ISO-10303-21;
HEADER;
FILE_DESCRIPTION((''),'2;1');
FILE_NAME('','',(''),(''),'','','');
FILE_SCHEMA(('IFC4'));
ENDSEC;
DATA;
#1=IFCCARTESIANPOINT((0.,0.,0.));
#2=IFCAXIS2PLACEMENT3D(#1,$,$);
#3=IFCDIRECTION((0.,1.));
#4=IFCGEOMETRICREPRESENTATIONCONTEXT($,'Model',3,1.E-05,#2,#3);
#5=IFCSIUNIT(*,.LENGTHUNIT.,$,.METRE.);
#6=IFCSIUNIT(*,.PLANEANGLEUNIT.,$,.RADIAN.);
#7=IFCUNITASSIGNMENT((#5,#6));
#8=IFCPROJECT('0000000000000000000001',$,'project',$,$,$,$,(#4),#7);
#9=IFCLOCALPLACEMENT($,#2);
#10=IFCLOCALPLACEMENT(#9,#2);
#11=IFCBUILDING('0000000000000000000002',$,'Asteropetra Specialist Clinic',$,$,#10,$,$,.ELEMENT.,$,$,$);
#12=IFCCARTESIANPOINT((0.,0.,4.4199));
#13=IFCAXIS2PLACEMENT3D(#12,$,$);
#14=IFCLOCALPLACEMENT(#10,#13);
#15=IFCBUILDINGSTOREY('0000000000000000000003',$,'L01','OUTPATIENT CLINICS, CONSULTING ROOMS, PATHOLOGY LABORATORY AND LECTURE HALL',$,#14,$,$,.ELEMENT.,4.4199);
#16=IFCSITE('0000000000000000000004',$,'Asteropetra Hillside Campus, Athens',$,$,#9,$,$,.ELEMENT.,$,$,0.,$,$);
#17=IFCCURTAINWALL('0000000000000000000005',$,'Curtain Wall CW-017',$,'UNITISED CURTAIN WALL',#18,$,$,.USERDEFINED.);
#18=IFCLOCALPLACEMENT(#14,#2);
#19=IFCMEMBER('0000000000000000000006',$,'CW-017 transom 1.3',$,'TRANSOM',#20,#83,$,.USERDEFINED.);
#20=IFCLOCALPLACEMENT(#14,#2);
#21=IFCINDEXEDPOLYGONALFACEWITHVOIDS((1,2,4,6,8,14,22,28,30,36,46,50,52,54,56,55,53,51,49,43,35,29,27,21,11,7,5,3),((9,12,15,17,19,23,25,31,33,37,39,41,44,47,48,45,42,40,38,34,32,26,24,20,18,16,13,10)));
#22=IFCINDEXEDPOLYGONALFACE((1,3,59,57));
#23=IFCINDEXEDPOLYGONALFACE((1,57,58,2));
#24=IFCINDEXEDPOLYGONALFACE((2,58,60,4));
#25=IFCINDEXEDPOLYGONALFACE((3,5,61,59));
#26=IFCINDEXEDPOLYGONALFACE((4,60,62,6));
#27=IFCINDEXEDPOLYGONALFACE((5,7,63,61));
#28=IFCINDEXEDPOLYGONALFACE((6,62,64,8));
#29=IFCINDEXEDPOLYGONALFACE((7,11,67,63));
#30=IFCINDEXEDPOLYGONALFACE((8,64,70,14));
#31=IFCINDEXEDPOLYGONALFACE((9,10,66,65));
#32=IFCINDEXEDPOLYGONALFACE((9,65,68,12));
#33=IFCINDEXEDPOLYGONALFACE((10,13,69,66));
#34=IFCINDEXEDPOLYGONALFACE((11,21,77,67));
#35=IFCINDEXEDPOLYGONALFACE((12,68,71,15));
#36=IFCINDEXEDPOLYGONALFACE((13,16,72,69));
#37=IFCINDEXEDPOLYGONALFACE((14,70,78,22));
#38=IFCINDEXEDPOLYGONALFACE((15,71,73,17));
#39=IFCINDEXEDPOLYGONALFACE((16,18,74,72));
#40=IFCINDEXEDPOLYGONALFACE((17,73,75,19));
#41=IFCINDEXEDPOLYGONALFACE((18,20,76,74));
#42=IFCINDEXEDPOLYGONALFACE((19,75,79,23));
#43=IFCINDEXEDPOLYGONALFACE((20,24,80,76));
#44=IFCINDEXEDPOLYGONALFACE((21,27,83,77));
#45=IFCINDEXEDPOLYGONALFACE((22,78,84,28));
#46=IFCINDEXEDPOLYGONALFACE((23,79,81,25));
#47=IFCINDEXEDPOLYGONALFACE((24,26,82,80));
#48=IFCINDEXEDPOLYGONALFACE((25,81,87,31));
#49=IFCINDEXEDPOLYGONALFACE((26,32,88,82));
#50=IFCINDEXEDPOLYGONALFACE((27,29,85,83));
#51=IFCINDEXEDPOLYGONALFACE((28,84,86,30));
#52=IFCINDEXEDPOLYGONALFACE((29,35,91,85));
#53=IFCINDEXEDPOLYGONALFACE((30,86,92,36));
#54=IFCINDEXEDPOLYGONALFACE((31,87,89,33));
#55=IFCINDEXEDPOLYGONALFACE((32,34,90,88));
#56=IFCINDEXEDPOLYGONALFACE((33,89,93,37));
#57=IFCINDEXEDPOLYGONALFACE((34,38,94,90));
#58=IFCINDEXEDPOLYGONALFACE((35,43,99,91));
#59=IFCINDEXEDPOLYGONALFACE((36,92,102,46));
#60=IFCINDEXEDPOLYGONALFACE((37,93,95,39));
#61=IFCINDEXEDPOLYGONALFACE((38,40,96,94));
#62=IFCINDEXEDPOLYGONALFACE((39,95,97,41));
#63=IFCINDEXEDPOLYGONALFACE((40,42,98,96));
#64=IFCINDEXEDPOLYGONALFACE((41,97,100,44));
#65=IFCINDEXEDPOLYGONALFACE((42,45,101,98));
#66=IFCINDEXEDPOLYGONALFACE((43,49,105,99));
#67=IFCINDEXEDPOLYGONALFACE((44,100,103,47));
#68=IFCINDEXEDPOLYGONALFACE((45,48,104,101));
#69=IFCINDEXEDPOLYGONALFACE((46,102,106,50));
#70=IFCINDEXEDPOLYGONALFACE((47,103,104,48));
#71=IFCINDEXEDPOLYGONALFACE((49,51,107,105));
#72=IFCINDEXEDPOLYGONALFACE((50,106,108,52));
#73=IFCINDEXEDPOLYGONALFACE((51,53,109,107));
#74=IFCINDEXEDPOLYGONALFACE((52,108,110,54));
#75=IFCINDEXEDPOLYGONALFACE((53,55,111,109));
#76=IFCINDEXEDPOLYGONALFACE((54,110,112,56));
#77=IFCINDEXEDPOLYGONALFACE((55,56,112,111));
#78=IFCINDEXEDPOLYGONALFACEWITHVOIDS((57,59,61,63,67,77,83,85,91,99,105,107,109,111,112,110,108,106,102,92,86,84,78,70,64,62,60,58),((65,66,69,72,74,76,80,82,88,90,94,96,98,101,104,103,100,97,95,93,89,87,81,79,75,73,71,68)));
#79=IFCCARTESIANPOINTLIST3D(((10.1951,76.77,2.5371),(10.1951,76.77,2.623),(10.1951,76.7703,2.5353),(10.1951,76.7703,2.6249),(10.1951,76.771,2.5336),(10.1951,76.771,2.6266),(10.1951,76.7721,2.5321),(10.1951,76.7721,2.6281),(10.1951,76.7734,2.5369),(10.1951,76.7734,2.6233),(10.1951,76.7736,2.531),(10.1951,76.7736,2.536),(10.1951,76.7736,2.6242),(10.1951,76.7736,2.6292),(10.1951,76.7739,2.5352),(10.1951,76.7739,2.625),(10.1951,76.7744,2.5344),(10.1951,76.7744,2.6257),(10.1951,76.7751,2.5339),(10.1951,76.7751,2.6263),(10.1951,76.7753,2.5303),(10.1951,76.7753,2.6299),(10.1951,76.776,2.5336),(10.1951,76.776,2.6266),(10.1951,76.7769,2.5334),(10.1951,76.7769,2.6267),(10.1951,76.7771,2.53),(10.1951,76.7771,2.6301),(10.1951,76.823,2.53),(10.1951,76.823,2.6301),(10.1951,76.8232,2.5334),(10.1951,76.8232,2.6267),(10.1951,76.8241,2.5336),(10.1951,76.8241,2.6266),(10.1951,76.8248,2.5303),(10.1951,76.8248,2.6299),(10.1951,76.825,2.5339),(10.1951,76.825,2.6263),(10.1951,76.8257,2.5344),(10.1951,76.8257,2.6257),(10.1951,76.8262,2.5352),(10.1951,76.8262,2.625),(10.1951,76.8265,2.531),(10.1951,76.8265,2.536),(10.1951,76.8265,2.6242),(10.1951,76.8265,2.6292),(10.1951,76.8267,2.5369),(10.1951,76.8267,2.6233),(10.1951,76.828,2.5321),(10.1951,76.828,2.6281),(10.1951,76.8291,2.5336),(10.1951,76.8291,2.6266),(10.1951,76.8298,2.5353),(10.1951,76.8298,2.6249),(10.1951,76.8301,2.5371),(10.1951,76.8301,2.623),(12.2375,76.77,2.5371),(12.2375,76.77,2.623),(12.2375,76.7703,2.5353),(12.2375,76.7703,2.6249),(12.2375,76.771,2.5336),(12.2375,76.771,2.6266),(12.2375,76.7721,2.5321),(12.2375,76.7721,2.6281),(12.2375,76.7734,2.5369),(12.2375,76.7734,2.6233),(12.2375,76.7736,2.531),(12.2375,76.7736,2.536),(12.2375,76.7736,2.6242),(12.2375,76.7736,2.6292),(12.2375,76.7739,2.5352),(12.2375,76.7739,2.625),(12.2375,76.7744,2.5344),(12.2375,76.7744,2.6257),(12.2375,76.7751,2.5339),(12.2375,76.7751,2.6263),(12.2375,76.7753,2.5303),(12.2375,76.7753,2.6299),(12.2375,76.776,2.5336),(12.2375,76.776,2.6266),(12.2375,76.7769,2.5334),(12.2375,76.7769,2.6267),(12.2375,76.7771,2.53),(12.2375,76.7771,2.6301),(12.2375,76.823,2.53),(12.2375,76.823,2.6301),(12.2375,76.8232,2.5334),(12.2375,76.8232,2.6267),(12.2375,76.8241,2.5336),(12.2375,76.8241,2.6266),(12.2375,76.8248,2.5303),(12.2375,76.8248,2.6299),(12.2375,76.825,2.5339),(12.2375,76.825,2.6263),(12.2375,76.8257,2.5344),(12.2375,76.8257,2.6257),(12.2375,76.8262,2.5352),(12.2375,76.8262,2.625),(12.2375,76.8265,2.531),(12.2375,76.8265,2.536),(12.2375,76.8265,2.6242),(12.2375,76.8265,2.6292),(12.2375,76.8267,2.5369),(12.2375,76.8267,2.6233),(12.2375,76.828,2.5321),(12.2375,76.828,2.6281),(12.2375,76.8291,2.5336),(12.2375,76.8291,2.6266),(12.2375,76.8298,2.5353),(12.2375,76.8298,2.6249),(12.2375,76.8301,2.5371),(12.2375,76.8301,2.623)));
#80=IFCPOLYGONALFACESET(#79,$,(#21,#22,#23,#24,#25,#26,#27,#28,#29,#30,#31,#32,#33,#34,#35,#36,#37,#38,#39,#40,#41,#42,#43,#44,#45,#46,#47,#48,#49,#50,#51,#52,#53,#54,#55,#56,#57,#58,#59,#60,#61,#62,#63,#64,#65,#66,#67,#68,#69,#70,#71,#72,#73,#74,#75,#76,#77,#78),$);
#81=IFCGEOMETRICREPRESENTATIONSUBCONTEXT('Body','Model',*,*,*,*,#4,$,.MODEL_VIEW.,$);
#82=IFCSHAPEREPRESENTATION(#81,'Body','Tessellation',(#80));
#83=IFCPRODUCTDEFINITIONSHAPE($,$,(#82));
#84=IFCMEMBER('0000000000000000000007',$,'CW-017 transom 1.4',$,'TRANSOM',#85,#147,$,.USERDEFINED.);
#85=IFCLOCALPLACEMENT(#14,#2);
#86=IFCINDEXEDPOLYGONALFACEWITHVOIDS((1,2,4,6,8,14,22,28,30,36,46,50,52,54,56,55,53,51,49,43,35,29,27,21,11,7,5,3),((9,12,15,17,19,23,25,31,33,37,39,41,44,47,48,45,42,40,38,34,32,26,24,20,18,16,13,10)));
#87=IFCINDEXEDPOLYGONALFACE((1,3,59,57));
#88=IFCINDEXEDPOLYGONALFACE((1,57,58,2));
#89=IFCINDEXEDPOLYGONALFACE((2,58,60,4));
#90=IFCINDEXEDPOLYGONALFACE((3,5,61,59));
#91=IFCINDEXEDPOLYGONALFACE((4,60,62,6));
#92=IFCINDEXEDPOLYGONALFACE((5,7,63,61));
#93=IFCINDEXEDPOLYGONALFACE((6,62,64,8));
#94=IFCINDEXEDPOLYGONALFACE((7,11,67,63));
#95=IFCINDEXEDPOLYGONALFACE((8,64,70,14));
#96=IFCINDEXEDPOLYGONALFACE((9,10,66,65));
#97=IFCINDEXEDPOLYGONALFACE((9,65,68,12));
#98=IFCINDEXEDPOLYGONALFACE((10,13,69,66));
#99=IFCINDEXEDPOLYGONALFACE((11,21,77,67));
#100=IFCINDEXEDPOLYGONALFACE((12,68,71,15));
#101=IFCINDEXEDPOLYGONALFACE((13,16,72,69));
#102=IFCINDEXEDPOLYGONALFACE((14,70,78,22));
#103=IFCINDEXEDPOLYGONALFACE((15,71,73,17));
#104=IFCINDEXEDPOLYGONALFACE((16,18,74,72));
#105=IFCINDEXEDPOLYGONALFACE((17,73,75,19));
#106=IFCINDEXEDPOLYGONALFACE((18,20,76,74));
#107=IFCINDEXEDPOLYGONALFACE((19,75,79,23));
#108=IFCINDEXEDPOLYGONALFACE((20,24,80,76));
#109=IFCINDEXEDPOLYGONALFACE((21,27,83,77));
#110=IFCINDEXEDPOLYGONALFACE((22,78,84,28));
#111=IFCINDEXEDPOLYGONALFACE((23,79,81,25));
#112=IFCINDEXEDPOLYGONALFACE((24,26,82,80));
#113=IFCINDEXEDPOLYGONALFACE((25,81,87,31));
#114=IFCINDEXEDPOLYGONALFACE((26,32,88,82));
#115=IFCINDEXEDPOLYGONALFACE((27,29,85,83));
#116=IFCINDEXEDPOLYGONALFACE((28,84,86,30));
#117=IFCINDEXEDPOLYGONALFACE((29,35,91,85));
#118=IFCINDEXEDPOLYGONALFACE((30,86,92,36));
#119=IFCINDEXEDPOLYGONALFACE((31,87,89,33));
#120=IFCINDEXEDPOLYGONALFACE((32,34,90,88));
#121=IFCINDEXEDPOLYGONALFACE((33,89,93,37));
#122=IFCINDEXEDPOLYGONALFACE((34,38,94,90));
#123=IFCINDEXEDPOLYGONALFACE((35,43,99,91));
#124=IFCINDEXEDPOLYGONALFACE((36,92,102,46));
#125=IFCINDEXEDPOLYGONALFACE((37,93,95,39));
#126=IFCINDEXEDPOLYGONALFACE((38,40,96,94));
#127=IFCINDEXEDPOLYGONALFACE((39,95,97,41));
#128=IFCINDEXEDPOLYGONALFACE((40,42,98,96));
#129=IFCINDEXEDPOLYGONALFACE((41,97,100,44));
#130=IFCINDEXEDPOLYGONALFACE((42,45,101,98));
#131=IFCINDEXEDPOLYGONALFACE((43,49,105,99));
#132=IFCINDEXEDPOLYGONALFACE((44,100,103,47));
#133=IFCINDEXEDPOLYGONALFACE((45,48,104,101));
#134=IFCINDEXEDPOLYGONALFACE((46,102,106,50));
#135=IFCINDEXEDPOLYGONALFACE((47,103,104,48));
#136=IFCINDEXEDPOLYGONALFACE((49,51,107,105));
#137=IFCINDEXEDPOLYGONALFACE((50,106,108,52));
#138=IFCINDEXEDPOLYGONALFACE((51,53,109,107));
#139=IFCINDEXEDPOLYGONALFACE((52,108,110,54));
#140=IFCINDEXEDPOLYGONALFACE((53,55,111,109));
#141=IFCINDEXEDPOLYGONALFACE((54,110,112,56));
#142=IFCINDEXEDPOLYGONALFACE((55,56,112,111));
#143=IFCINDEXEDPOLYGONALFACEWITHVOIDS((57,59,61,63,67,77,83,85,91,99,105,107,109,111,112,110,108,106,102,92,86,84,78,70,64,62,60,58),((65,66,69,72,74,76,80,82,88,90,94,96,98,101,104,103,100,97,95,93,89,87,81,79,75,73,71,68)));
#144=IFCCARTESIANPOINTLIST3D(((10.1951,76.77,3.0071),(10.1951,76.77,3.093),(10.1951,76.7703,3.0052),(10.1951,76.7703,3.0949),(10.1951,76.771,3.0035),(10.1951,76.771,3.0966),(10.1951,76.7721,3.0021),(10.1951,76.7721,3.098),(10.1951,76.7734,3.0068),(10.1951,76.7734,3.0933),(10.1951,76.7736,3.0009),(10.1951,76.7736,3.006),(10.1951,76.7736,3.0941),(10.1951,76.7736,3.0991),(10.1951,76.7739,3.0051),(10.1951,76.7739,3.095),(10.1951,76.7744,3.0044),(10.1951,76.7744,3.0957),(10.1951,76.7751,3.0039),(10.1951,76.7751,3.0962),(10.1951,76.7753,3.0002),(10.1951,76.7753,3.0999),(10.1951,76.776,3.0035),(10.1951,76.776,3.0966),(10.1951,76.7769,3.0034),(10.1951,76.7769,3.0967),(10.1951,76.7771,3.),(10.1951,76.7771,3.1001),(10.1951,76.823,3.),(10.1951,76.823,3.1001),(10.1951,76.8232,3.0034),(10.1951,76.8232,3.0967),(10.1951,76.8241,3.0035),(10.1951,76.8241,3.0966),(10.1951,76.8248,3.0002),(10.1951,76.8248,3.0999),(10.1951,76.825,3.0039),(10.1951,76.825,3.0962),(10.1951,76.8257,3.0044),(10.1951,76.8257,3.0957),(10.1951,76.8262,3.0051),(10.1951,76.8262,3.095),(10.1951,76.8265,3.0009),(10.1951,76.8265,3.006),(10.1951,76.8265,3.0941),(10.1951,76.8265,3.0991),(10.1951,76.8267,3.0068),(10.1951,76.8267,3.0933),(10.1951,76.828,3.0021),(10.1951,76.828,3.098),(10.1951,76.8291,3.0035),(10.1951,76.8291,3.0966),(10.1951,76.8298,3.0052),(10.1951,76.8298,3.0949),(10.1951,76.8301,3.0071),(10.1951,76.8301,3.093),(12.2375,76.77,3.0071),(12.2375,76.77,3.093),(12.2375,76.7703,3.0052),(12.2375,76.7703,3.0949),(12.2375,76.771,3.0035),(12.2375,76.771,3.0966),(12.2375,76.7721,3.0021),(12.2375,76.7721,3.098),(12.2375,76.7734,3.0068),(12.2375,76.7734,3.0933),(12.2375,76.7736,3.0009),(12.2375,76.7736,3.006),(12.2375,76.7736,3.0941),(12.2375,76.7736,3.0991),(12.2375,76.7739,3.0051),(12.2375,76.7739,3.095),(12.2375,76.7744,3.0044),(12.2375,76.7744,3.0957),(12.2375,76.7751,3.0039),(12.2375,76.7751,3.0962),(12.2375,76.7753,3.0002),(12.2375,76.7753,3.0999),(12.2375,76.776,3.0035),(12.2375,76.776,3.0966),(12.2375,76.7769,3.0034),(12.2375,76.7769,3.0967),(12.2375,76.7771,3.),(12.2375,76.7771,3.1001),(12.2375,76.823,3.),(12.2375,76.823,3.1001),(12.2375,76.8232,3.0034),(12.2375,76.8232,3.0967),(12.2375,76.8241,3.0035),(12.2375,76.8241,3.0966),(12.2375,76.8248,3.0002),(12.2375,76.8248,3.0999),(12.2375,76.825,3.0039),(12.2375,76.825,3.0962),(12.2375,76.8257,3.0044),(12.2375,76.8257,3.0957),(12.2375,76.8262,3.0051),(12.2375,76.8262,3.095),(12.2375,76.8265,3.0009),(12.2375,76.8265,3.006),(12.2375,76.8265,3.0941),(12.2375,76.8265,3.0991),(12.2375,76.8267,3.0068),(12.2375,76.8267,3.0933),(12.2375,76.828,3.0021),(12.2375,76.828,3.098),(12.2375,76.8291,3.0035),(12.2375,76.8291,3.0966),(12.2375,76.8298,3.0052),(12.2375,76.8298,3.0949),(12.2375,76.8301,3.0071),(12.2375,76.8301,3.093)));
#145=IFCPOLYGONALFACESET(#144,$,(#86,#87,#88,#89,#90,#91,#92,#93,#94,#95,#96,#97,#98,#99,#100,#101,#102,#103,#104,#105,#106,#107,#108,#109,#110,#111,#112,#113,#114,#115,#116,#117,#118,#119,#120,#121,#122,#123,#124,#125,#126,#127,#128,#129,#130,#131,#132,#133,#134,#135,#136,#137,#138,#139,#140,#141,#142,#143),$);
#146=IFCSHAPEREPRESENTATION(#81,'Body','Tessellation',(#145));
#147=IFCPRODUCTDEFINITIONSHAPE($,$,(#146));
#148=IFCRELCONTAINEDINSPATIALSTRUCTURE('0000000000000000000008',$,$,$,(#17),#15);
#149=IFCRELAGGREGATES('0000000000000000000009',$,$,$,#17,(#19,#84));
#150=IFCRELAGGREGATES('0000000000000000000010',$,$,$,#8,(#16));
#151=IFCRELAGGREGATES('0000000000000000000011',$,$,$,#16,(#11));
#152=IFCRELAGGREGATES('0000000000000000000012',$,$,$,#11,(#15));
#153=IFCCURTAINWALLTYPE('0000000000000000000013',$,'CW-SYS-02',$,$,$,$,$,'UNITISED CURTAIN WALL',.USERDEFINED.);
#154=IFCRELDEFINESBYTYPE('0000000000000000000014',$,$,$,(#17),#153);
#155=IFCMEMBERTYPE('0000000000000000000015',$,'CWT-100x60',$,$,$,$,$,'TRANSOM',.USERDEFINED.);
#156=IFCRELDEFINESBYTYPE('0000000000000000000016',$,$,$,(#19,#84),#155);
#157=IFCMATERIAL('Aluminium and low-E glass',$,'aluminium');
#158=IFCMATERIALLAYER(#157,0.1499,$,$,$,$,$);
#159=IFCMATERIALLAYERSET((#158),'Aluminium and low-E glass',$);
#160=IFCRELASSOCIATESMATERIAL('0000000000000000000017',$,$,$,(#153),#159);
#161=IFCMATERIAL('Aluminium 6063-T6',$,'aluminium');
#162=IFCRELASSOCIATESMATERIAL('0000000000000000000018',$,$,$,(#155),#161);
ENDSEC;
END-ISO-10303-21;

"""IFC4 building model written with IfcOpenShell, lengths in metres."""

from ifc_helpers import new_model, si_unit, direction, frame, origin, origin_2d, place, context, subcontext, project, spatial, hollow_rectangle, extrude, material, layer, layer_set, material_profile, profile_set, type_object, element, aggregate, save


model = new_model("IFC4")

# Units and contexts
model_context = context("Model", 3, precision=1e-05, world=origin(), true_north=direction((0.0, 1.0)))
body_context = subcontext(model_context, "Body", "Model", "MODEL_VIEW")
ifc_project = project(units=[si_unit("LENGTHUNIT", "METRE"), si_unit("PLANEANGLEUNIT", "RADIAN")], contexts=[model_context])

# Site, building, storey
site_placement = place(None, origin())
site = spatial("IfcSite", under=ifc_project, at=site_placement, Name="Asteropetra Hillside Campus, Athens", CompositionType="ELEMENT", RefElevation=0.0)
building_placement = place(site_placement, origin())
building = spatial("IfcBuilding", under=site, at=building_placement, Name="Asteropetra Specialist Clinic", CompositionType="ELEMENT")
storey_placement = place(building_placement, frame((0.0, 0.0, 4.4199)))
storey = spatial("IfcBuildingStorey", under=building, at=storey_placement, Name="L01", Description="OUTPATIENT CLINICS, CONSULTING ROOMS, PATHOLOGY LABORATORY AND LECTURE HALL", CompositionType="ELEMENT", Elevation=4.4199)

# Curtain wall
ifc_material_1 = material(Name="Aluminium and low-E glass", Category="aluminium")
ifc_layer_1 = layer(ifc_material_1, 0.1499)
ifc_layer_set_1 = layer_set([ifc_layer_1], Name="Aluminium and low-E glass")
curtain_wall_type_1 = type_object("IfcCurtainWallType", Name="CW-SYS-02", ElementType="UNITISED CURTAIN WALL", PredefinedType="USERDEFINED", material=ifc_layer_set_1)
curtain_wall_1_placement = place(storey_placement, origin())
curtain_wall_1 = element("IfcCurtainWall", 1, at=curtain_wall_1_placement, inside=storey, type_object=curtain_wall_type_1, Name="Curtain Wall CW-017", ObjectType="UNITISED CURTAIN WALL", PredefinedType="USERDEFINED")

# Members
ifc_material_2 = material(Name="Aluminium 6063-T6", Category="aluminium")
ifc_material_profile_1 = material_profile(ifc_material_2, hollow_rectangle(XDim=0.0601, YDim=0.1001, WallThickness=0.0034, InnerFilletRadius=0.0034, OuterFilletRadius=0.0071, at=origin_2d()), Name="TRN 100x60x3.5")
ifc_profile_set_1 = profile_set([ifc_material_profile_1], Name="Aluminium 6063-T6")
member_type_1 = type_object("IfcMemberType", Name="CWT-100x60", ElementType="TRANSOM", PredefinedType="USERDEFINED", material=ifc_profile_set_1)
member_1_placement = place(storey_placement, frame((10.1951, 76.8, 2.5801), z_axis=(1.0, 0.0, 0.0), x_axis=(0.0, 1.0, 0.0)))
member_1 = element("IfcMember", 2, at=member_1_placement, type_object=member_type_1, Name="CW-017 transom 1.3", ObjectType="TRANSOM", PredefinedType="USERDEFINED", context=body_context, shape_type="SweptSolid", body=[
    extrude(hollow_rectangle(XDim=0.0601, YDim=0.1001, WallThickness=0.0034, InnerFilletRadius=0.0034, OuterFilletRadius=0.0071, at=origin_2d()), origin(), (0.0, 0.0, 1.0), 2.0425),
])
member_2_placement = place(storey_placement, frame((10.1951, 76.8, 3.05), z_axis=(1.0, 0.0, 0.0), x_axis=(0.0, 1.0, 0.0)))
member_2 = element("IfcMember", 3, at=member_2_placement, type_object=member_type_1, Name="CW-017 transom 1.4", ObjectType="TRANSOM", PredefinedType="USERDEFINED", context=body_context, shape_type="SweptSolid", body=[
    extrude(hollow_rectangle(XDim=0.0601, YDim=0.1001, WallThickness=0.0034, InnerFilletRadius=0.0034, OuterFilletRadius=0.0071, at=origin_2d()), origin(), (0.0, 0.0, 1.0), 2.0425),
])

aggregate(curtain_wall_1, [member_1, member_2])

save(model, "model.ifc")
